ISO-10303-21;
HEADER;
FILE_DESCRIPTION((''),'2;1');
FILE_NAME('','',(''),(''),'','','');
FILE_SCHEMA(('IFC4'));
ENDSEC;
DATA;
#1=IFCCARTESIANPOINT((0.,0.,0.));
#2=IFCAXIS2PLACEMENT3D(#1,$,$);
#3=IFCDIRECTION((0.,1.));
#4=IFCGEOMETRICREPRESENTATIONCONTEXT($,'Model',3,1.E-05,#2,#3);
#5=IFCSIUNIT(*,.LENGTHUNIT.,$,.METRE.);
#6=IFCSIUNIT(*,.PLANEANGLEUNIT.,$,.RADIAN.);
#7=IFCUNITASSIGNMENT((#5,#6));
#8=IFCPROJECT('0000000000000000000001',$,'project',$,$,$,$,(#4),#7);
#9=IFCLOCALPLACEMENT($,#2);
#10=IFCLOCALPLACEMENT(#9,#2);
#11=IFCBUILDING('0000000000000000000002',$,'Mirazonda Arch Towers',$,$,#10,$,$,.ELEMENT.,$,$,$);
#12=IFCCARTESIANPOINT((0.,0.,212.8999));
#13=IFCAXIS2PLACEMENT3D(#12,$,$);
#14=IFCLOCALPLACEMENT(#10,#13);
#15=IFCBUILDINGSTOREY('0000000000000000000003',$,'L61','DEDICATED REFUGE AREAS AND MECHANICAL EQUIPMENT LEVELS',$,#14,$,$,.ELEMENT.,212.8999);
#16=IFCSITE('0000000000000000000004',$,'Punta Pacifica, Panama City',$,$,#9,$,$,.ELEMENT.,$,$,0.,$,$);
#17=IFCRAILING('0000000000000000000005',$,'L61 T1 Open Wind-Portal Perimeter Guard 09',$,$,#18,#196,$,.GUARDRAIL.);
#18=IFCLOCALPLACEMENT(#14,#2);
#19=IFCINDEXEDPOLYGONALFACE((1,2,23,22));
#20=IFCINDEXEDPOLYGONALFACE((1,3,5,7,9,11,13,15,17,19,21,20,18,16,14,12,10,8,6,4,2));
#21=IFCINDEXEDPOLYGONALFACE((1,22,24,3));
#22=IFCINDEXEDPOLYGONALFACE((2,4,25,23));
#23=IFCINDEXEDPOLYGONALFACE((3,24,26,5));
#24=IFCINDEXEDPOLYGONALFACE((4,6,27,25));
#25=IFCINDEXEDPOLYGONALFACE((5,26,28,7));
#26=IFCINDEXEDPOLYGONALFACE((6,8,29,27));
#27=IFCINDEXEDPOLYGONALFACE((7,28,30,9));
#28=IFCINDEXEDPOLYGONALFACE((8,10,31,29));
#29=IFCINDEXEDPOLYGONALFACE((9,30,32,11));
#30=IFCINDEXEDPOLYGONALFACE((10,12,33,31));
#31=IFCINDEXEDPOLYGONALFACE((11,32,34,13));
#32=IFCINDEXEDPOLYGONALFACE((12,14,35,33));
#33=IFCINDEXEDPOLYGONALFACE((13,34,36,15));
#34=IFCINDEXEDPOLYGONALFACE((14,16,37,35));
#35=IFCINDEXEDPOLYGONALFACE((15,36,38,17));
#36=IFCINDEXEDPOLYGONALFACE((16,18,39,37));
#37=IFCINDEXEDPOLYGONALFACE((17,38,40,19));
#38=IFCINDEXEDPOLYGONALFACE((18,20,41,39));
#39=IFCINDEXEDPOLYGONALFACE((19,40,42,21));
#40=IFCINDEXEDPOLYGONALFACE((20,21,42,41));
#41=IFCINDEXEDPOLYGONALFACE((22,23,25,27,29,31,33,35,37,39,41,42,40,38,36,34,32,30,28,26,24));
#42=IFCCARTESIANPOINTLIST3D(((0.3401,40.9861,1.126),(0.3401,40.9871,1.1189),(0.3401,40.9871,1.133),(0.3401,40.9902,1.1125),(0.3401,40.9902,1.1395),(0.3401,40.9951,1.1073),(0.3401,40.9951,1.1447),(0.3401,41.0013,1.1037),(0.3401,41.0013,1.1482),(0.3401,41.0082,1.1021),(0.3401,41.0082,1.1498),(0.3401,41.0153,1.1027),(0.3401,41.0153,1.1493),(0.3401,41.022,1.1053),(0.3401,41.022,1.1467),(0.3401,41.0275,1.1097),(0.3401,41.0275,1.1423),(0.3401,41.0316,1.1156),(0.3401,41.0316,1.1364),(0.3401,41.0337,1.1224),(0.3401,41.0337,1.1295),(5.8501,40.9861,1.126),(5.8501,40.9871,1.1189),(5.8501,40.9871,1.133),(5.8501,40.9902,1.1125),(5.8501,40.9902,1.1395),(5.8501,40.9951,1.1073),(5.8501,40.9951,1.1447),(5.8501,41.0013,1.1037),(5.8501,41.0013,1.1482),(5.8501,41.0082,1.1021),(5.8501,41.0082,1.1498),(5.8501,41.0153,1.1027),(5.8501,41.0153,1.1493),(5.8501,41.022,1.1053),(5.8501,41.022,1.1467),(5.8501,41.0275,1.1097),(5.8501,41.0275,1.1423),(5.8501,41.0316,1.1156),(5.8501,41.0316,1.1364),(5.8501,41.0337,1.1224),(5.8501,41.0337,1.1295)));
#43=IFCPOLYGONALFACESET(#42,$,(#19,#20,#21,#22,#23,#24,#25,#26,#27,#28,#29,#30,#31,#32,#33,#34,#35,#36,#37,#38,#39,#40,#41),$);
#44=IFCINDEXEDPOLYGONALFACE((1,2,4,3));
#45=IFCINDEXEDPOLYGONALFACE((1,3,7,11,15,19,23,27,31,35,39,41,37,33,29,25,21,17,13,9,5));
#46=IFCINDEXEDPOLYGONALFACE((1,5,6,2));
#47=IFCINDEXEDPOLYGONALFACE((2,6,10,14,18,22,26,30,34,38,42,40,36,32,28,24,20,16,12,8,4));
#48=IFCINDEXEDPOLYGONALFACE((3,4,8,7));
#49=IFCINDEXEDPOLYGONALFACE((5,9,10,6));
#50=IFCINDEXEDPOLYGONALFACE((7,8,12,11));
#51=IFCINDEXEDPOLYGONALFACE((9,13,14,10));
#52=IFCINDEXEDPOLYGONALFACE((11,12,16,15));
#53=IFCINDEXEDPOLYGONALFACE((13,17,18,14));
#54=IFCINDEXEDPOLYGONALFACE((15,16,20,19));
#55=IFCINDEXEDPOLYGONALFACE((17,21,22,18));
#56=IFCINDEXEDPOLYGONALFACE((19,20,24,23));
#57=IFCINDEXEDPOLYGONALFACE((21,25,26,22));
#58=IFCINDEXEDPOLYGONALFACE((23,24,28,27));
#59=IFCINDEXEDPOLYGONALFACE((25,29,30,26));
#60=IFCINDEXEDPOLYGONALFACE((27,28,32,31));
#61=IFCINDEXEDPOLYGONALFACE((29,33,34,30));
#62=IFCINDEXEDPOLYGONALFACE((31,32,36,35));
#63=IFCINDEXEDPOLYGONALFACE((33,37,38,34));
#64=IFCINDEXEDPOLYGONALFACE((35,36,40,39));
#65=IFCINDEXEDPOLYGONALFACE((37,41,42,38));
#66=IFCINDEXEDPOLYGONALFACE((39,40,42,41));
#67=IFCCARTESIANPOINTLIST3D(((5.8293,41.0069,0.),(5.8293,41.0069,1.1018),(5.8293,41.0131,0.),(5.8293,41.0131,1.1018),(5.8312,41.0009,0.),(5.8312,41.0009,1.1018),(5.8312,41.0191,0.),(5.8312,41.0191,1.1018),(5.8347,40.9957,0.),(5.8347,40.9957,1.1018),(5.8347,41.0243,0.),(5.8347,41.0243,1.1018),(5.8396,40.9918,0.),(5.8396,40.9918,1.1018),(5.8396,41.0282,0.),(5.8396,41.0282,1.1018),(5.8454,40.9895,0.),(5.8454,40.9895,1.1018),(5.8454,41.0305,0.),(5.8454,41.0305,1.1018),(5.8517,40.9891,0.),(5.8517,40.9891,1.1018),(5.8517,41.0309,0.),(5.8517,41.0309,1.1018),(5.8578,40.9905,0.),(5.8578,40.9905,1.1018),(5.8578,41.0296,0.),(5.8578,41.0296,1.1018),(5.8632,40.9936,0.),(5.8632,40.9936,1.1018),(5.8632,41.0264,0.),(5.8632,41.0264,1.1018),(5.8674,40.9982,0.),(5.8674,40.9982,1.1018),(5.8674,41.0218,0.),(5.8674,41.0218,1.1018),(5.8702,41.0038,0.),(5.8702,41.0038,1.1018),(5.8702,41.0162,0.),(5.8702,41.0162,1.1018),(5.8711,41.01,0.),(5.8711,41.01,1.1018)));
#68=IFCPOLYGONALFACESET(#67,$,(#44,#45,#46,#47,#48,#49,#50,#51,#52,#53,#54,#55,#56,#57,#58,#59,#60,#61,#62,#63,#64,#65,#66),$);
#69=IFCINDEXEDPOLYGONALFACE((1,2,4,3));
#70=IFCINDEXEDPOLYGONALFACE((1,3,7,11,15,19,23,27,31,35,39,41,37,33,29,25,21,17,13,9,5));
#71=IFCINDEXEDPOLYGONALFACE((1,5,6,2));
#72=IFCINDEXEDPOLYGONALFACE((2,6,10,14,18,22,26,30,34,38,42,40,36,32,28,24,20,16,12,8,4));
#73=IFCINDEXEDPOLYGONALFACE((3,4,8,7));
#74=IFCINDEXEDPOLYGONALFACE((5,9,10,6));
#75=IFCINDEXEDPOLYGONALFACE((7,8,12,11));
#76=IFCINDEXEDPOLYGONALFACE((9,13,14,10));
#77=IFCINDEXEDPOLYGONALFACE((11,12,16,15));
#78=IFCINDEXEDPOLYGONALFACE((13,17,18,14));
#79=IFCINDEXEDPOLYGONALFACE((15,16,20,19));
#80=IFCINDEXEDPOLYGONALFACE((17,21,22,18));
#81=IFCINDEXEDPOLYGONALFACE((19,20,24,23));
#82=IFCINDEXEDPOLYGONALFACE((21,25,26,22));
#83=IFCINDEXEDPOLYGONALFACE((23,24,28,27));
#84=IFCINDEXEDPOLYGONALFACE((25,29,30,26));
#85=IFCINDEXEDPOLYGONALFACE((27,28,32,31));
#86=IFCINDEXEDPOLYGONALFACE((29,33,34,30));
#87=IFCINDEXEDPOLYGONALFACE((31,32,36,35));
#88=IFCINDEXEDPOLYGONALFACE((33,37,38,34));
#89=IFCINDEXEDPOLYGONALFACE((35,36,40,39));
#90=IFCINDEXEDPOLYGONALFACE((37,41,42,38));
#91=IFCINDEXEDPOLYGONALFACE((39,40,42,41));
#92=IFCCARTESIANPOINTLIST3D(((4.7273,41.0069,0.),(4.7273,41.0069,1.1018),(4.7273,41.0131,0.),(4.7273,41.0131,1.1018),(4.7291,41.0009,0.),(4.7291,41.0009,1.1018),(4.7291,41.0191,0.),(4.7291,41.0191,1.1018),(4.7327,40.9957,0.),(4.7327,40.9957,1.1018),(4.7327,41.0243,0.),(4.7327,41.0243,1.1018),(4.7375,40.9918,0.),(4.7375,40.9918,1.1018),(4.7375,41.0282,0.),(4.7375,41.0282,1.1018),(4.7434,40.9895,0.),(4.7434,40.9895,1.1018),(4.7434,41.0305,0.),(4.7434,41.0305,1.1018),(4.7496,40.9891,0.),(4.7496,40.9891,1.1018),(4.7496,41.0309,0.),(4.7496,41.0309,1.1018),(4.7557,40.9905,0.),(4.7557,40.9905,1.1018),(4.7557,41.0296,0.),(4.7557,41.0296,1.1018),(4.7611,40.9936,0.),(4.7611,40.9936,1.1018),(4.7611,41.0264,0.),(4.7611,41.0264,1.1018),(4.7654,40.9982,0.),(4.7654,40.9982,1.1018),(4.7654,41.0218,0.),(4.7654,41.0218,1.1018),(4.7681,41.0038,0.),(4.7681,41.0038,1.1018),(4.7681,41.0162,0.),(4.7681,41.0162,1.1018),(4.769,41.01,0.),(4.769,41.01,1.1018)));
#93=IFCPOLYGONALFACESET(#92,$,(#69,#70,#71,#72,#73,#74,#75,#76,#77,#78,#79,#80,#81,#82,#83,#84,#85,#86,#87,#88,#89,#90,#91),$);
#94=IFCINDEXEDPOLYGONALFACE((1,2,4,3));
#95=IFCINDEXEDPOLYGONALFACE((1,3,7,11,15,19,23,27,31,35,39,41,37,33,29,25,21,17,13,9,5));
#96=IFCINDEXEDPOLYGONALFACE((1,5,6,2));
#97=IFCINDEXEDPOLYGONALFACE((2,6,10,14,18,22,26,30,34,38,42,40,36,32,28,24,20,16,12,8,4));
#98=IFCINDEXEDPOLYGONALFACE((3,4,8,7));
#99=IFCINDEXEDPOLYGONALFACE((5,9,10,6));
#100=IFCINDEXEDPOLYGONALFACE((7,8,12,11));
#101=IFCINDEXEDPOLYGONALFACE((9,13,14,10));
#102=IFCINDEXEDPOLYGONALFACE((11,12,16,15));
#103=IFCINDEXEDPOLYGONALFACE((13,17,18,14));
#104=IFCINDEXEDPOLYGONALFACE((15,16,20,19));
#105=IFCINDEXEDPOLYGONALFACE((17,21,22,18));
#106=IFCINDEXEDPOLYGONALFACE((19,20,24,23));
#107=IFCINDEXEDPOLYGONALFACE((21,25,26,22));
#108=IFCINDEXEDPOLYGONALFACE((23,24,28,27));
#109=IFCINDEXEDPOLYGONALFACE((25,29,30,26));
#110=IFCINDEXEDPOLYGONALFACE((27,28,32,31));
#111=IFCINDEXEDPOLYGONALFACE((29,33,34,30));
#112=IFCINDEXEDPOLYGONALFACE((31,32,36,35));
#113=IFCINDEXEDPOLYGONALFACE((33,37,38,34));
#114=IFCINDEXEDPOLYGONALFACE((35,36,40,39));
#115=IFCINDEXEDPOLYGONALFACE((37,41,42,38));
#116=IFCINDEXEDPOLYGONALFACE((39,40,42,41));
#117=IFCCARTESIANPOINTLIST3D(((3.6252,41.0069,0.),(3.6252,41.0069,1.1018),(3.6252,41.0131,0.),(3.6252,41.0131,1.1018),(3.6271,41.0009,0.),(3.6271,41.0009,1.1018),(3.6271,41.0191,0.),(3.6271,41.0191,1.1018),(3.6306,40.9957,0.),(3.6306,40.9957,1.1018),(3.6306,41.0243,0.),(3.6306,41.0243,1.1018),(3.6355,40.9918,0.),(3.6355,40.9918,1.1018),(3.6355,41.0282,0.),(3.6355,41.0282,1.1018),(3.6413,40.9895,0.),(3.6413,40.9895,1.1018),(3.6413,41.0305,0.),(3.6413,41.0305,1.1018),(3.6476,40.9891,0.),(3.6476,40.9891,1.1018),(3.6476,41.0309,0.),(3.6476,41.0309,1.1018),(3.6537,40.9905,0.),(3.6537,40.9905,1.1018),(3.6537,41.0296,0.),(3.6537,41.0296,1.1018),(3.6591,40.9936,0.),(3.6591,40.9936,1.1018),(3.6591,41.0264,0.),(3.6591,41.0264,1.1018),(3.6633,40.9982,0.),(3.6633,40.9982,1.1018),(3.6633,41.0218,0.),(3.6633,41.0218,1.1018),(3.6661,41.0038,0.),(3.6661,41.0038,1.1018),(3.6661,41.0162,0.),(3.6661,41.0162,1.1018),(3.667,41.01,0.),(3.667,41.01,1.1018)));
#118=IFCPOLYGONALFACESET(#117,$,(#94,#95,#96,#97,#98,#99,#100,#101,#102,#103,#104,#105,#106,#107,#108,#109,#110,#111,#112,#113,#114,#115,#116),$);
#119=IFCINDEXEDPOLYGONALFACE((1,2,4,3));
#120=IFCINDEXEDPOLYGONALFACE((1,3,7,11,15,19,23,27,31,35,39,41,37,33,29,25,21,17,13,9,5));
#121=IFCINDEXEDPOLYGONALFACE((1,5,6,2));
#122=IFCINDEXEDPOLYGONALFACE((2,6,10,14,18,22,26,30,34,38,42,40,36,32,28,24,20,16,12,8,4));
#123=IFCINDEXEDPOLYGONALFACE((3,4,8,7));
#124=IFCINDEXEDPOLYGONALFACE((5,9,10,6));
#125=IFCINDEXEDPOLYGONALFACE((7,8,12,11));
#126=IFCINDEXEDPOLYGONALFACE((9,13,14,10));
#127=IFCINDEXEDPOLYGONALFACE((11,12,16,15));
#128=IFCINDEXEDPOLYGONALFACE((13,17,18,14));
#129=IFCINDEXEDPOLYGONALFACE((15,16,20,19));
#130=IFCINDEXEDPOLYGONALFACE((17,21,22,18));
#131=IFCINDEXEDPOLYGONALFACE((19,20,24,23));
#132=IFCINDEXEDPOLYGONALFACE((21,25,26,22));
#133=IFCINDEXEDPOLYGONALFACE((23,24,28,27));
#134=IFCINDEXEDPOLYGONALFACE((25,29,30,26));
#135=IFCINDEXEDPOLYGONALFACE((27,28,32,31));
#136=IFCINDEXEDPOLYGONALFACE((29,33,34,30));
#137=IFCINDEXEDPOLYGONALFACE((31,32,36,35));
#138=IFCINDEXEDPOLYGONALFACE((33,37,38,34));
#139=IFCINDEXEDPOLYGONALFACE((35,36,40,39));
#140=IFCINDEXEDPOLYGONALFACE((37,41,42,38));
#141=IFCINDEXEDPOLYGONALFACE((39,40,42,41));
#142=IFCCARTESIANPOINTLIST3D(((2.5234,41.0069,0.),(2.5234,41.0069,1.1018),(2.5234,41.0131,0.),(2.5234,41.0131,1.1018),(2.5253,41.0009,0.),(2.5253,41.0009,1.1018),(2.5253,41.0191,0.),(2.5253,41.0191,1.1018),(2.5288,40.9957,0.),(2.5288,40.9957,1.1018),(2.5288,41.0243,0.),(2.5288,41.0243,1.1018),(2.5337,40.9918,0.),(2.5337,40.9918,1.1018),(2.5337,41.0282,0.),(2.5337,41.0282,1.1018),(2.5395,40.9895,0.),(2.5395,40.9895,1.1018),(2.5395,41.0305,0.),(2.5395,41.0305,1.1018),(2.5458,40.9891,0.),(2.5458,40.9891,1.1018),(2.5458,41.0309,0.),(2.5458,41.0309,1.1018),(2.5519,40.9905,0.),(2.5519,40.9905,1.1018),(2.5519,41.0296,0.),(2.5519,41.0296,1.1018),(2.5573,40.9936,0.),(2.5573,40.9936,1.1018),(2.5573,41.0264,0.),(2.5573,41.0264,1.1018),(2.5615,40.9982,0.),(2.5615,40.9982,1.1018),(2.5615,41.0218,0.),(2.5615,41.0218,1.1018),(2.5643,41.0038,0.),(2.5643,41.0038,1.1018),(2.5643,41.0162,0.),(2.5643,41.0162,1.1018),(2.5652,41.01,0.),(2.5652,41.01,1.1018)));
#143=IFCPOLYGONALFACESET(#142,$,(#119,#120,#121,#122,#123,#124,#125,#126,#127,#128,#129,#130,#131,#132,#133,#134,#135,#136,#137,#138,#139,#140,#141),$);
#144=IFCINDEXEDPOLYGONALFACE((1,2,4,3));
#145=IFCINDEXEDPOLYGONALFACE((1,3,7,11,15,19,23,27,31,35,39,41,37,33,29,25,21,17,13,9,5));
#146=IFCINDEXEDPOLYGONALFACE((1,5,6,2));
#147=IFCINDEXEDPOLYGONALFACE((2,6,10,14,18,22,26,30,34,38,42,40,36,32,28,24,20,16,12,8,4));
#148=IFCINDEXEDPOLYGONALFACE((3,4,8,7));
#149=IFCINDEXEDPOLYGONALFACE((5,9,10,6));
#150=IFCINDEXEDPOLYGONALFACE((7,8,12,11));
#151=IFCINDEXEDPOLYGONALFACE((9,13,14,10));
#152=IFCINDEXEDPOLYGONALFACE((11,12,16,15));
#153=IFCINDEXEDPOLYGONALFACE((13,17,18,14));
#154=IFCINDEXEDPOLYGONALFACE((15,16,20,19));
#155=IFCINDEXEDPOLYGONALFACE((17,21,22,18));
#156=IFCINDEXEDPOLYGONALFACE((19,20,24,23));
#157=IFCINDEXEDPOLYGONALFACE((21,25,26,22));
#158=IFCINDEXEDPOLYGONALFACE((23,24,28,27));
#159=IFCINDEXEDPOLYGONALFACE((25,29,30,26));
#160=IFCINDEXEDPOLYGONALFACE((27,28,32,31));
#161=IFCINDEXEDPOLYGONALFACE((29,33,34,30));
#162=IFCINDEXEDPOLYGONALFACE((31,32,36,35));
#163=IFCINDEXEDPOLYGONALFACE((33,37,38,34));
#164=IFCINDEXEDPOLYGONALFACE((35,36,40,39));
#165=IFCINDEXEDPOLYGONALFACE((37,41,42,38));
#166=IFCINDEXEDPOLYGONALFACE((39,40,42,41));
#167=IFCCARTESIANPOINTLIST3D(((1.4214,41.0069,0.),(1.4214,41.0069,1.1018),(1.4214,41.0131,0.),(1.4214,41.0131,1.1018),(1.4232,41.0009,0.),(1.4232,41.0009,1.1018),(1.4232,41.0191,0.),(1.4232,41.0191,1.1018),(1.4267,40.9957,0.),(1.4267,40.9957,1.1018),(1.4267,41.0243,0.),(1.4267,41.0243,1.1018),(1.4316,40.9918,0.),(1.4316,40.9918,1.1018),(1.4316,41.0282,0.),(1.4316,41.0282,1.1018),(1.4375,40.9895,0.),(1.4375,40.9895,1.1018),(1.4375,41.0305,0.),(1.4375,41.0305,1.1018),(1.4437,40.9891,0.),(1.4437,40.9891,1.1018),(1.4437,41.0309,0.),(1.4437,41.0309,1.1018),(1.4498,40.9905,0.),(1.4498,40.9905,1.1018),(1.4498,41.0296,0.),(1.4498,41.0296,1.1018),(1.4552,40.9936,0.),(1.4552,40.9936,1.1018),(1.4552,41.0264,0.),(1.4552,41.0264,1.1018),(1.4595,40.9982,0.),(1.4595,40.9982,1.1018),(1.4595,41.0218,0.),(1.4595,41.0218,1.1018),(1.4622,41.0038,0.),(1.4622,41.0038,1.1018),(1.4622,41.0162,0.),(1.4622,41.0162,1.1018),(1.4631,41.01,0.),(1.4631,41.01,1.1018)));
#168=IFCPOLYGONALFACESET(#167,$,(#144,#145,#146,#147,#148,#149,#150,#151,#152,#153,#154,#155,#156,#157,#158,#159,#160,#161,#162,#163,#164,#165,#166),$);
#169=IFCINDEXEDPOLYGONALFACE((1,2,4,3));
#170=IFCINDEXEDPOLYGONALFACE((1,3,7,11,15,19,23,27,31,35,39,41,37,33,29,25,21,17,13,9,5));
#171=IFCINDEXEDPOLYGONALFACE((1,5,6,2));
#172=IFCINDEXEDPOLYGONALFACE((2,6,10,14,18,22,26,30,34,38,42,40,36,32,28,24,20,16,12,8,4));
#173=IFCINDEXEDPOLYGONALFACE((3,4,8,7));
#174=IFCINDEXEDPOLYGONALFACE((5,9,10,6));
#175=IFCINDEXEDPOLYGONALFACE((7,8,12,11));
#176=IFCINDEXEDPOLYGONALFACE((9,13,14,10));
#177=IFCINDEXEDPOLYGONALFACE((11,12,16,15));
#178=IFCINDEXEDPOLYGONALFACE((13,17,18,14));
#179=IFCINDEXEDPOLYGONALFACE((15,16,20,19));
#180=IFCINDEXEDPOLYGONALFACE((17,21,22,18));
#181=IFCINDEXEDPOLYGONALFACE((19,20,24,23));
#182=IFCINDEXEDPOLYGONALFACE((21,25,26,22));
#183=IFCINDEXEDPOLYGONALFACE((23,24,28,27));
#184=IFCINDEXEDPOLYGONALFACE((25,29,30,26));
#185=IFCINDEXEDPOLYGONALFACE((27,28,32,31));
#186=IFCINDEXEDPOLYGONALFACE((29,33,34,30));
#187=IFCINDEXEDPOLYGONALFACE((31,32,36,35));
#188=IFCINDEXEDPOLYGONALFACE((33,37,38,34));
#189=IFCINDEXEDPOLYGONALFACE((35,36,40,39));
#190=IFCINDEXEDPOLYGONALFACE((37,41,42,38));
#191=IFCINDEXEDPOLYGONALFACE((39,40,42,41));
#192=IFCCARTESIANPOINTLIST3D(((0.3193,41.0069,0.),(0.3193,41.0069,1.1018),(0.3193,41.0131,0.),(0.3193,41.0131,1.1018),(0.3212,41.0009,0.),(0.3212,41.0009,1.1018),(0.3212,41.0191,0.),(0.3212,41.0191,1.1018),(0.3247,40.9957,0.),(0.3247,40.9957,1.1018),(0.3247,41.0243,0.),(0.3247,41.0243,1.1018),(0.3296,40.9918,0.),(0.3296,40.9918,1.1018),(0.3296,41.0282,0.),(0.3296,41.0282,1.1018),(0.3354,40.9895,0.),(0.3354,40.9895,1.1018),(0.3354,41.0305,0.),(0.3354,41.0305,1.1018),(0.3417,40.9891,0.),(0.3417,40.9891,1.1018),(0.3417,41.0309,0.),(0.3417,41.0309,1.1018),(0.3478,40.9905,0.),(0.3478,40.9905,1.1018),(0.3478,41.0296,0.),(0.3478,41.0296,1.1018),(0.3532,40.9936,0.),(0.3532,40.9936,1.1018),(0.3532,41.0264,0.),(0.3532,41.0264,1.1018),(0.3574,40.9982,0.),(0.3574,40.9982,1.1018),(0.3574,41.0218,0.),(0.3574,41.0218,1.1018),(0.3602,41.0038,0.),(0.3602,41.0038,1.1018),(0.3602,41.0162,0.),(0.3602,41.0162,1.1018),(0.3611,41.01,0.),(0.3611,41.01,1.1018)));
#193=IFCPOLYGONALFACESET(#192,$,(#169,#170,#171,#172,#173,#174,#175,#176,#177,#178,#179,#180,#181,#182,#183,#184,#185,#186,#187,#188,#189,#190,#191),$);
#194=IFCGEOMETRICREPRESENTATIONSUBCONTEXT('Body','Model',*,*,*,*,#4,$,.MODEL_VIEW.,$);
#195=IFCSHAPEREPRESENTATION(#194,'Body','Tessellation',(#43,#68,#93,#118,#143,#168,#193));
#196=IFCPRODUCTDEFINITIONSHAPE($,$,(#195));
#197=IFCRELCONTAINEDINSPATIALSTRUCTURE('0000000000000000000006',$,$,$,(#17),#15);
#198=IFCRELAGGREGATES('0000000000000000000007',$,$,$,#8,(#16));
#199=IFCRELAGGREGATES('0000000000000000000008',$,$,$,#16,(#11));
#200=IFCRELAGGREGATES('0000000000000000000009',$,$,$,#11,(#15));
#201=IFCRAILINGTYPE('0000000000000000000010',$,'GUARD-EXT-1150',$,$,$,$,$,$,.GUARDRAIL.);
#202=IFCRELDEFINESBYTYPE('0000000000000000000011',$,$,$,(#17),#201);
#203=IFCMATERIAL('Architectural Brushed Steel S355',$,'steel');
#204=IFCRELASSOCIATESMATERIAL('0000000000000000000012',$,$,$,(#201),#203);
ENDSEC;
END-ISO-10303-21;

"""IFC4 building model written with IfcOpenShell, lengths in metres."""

from ifc_helpers import new_model, si_unit, direction, frame, origin, origin_2d, place, context, subcontext, project, spatial, circle, extrude, material, type_object, element, save


model = new_model("IFC4")

# Units and contexts
model_context = context("Model", 3, precision=1e-05, world=origin(), true_north=direction((0.0, 1.0)))
body_context = subcontext(model_context, "Body", "Model", "MODEL_VIEW")
ifc_project = project(units=[si_unit("LENGTHUNIT", "METRE"), si_unit("PLANEANGLEUNIT", "RADIAN")], contexts=[model_context])

# Site, building, storey
site_placement = place(None, origin())
site = spatial("IfcSite", under=ifc_project, at=site_placement, Name="Punta Pacifica, Panama City", CompositionType="ELEMENT", RefElevation=0.0)
building_placement = place(site_placement, origin())
building = spatial("IfcBuilding", under=site, at=building_placement, Name="Mirazonda Arch Towers", CompositionType="ELEMENT")
storey_placement = place(building_placement, frame((0.0, 0.0, 212.8999)))
storey = spatial("IfcBuildingStorey", under=building, at=storey_placement, Name="L61", Description="DEDICATED REFUGE AREAS AND MECHANICAL EQUIPMENT LEVELS", CompositionType="ELEMENT", Elevation=212.8999)

# Shared definitions
ifc_material_1 = material(Name="Architectural Brushed Steel S355", Category="steel")

# Railing
railing_type = type_object("IfcRailingType", Name="GUARD-EXT-1150", PredefinedType="GUARDRAIL", material=ifc_material_1)
railing_1_placement = place(storey_placement, frame((5.8501, 41.01, 0.0)))
element("IfcRailing", 1, at=railing_1_placement, inside=storey, type_object=railing_type, Name="L61 T1 Open Wind-Portal Perimeter Guard 09", PredefinedType="GUARDRAIL", context=body_context, shape_type="SweptSolid", body=[
    extrude(circle(Radius=0.0239, at=origin_2d()), frame((0.0, 0.0, 1.126), z_axis=(-1.0, 0.0, 0.0), x_axis=(0.0, -1.0, 0.0)), (0.0, 0.0, 1.0), 5.51),
    extrude(circle(Radius=0.021, at=origin_2d()), origin(), (0.0, 0.0, 1.0), 1.1018),
    extrude(circle(Radius=0.021, at=origin_2d()), frame((-1.1021, 0.0, 0.0)), (0.0, 0.0, 1.0), 1.1018),
    extrude(circle(Radius=0.021, at=origin_2d()), frame((-2.2041, 0.0, 0.0)), (0.0, 0.0, 1.0), 1.1018),
    extrude(circle(Radius=0.021, at=origin_2d()), frame((-3.3059, 0.0, 0.0)), (0.0, 0.0, 1.0), 1.1018),
    extrude(circle(Radius=0.021, at=origin_2d()), frame((-4.408, 0.0, 0.0)), (0.0, 0.0, 1.0), 1.1018),
    extrude(circle(Radius=0.021, at=origin_2d()), frame((-5.51, 0.0, 0.0)), (0.0, 0.0, 1.0), 1.1018),
])

save(model, "model.ifc")
